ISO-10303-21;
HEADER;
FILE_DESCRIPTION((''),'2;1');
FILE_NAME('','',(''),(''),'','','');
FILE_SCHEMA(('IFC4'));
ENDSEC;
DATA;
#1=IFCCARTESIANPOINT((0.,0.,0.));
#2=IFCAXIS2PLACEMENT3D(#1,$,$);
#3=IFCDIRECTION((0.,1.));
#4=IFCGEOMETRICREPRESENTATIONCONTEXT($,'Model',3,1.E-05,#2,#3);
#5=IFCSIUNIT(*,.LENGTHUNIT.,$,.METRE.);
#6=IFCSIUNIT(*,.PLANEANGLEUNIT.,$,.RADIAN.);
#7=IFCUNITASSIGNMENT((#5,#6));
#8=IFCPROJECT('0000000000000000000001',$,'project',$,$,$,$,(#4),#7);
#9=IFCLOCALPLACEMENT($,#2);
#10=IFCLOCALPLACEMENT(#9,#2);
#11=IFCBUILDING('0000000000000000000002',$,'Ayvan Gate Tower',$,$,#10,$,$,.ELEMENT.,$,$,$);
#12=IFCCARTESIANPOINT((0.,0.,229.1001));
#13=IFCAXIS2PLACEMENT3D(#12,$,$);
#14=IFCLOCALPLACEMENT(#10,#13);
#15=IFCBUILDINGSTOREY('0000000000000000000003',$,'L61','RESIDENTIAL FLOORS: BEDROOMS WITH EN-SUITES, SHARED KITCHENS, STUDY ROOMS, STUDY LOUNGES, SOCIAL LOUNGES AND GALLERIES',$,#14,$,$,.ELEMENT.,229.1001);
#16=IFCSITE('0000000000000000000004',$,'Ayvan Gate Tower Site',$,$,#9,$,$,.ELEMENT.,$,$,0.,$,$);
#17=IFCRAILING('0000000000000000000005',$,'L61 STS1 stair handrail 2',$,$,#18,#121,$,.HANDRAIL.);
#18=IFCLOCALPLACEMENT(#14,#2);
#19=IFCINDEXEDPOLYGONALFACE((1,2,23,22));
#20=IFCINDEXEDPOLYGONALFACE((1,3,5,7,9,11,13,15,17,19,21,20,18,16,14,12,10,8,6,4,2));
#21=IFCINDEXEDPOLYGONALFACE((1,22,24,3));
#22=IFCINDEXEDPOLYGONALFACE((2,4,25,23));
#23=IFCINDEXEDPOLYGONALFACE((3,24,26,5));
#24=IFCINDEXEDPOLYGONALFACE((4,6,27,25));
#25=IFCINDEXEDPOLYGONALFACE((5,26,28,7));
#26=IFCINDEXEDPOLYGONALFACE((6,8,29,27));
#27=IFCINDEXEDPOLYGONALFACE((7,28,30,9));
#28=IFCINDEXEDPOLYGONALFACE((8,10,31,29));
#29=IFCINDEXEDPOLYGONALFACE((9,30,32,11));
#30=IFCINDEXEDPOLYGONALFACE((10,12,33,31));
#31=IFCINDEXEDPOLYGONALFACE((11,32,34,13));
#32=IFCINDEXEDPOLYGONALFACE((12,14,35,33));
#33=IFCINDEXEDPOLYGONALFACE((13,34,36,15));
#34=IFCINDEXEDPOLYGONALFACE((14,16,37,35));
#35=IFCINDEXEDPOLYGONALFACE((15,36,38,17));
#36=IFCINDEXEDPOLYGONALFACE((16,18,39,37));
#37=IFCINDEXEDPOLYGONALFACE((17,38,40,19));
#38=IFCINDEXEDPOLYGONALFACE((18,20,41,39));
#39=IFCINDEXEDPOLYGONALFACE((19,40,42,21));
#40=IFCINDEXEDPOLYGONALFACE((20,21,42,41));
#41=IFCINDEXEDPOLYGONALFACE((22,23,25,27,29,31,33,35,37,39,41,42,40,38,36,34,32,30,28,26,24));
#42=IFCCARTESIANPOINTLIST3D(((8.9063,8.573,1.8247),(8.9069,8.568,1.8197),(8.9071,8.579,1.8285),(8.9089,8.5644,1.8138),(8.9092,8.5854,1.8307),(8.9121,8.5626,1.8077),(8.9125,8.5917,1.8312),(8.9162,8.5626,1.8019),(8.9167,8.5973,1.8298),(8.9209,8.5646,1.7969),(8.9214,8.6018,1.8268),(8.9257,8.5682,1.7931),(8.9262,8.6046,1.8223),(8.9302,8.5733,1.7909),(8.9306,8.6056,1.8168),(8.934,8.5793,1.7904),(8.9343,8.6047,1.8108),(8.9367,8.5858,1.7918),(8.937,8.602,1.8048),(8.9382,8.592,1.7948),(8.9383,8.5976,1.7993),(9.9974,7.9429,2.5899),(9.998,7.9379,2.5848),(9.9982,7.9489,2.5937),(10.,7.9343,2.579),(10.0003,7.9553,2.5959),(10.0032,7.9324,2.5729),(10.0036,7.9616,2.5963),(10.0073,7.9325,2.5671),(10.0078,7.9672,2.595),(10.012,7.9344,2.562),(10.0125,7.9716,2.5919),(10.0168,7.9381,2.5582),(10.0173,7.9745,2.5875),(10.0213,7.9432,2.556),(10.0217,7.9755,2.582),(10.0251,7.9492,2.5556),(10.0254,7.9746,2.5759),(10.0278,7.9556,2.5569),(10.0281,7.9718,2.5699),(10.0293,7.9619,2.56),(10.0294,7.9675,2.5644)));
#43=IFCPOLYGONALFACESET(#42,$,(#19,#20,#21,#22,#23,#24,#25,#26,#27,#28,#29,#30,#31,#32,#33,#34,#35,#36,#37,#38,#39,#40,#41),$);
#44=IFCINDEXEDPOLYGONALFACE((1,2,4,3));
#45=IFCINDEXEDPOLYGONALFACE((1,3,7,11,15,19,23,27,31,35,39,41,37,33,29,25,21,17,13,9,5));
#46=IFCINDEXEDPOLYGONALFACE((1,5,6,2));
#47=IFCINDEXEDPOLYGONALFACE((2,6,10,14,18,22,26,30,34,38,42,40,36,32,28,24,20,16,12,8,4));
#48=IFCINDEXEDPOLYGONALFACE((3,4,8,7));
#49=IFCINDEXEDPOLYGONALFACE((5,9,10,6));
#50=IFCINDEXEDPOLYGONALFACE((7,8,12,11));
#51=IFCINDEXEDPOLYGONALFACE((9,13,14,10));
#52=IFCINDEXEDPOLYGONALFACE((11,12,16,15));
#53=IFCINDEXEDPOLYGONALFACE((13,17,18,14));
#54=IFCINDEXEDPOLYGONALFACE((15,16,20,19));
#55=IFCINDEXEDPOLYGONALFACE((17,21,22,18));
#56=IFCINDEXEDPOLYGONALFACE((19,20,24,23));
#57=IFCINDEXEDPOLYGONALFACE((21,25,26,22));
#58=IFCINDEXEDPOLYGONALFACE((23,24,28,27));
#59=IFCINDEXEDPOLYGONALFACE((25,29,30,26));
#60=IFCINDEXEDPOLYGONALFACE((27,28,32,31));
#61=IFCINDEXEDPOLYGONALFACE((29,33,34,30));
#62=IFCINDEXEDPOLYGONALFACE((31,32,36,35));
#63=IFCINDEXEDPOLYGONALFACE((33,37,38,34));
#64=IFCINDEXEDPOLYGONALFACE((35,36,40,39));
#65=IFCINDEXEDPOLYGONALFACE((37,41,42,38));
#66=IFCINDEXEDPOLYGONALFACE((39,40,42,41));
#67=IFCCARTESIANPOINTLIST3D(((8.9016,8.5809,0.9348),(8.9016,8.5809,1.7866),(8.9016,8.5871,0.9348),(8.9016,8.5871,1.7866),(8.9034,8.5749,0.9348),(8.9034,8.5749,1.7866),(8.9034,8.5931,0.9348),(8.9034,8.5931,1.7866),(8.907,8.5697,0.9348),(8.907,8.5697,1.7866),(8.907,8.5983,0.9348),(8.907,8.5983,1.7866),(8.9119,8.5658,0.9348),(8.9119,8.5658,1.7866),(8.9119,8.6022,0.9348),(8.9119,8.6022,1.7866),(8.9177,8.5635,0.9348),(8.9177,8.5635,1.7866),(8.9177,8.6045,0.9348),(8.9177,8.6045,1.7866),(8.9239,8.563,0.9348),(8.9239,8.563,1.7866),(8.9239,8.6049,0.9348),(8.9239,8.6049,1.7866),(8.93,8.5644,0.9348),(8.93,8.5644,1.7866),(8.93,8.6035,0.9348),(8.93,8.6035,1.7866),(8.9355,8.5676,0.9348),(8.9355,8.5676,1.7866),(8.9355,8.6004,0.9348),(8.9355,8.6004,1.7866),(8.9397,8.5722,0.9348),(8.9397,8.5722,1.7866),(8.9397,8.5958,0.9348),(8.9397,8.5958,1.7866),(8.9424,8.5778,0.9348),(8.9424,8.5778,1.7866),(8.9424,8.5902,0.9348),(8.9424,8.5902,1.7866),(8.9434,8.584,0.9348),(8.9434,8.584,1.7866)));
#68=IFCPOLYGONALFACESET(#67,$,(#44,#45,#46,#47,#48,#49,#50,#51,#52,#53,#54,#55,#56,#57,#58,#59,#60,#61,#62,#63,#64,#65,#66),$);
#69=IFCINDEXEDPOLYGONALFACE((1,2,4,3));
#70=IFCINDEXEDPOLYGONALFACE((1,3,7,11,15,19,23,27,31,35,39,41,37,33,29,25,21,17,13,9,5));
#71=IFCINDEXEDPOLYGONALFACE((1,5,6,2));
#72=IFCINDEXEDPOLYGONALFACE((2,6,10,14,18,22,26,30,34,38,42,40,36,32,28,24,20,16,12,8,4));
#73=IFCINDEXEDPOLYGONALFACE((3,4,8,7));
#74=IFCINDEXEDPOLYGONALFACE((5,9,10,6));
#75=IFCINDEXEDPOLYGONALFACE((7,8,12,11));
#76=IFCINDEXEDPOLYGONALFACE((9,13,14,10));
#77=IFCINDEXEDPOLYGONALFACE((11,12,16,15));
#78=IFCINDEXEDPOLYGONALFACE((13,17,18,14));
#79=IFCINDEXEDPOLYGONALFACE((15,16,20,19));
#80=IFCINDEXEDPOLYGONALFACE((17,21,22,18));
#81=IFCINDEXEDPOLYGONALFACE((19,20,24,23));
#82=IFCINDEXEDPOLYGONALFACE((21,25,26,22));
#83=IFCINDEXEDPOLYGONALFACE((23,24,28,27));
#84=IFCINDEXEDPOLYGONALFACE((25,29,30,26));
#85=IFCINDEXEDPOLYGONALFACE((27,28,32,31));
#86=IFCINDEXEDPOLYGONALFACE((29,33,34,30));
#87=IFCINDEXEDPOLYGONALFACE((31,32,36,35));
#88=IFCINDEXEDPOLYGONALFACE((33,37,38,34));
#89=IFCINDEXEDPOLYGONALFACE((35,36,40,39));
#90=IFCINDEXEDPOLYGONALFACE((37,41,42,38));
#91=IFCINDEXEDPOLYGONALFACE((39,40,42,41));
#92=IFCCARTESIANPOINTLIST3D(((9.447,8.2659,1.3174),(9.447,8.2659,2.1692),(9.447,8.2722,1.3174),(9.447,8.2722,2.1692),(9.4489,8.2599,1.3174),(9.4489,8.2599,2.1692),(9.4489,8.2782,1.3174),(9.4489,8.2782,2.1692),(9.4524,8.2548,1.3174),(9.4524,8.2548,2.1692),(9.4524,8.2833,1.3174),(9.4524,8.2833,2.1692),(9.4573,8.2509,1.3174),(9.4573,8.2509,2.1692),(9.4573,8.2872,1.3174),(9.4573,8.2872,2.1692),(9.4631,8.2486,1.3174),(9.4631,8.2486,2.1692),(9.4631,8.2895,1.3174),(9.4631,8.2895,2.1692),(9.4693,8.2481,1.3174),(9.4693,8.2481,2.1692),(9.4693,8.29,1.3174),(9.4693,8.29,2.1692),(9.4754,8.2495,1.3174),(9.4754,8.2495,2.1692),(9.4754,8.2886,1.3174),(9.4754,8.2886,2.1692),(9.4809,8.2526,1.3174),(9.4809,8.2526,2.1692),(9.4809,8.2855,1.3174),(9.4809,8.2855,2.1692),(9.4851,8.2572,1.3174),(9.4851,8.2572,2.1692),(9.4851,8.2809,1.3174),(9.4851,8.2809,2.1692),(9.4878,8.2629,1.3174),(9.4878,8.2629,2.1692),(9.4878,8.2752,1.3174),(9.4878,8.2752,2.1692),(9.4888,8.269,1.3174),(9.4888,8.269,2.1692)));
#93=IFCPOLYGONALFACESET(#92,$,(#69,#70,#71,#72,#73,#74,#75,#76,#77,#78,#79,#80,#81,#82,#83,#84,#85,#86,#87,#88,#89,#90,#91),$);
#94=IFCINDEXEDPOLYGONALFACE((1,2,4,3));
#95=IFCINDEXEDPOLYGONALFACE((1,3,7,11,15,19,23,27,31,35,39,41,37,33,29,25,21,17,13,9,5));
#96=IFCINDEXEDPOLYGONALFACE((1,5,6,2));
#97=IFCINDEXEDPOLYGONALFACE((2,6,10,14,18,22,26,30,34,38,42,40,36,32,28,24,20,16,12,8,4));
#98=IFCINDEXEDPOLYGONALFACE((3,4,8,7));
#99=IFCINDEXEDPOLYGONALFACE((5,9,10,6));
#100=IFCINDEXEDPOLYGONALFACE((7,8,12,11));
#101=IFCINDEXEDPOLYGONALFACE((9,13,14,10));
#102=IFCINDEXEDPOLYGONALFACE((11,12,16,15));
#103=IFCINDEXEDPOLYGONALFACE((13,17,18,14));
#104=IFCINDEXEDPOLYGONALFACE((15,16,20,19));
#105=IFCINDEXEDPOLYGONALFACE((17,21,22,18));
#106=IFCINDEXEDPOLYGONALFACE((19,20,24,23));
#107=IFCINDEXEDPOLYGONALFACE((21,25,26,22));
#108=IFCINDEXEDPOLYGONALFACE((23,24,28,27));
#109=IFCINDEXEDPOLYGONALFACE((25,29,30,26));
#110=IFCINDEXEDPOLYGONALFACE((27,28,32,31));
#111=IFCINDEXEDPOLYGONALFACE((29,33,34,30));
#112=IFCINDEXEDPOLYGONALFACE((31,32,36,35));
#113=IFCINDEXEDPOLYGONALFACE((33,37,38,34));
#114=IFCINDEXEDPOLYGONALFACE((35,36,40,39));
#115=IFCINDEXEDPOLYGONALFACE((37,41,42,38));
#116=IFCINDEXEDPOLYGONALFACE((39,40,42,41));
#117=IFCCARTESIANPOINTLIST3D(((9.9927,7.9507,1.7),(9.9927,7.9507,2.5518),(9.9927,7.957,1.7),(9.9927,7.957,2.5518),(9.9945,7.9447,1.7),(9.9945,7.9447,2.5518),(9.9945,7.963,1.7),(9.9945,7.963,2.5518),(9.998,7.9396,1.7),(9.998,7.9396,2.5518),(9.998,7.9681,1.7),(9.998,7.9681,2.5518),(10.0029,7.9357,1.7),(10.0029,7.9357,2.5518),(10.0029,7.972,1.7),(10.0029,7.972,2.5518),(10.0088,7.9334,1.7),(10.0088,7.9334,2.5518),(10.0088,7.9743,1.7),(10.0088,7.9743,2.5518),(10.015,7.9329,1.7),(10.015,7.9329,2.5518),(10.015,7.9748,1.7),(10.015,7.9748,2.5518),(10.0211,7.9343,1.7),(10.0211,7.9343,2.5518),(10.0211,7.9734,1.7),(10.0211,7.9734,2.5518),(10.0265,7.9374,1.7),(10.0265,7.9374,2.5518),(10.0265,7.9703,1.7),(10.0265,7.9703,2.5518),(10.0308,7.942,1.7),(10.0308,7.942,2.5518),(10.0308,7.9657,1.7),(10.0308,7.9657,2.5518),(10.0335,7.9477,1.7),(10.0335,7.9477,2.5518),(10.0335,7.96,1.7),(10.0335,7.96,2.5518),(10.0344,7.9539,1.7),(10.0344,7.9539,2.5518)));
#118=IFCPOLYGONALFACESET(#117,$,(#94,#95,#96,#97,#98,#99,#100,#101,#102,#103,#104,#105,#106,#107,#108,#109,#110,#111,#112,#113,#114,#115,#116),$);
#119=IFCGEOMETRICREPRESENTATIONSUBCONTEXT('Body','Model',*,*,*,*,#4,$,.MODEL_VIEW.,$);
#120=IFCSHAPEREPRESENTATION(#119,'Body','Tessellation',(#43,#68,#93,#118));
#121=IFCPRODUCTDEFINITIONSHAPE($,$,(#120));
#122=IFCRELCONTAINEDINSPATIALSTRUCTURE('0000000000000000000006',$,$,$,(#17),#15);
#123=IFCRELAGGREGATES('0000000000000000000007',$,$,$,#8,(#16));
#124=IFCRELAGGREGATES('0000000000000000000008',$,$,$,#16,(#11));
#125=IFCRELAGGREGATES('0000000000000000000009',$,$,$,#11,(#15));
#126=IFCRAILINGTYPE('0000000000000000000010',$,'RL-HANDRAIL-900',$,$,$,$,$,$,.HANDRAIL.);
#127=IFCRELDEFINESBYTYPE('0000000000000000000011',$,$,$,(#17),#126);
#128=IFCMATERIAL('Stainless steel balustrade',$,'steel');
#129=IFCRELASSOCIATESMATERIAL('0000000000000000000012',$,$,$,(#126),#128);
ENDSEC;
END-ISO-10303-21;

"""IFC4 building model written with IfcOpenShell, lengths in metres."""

from ifc_helpers import new_model, si_unit, direction, frame, origin, origin_2d, place, context, subcontext, project, spatial, circle, extrude, material, type_object, element, save


model = new_model("IFC4")

# Units and contexts
model_context = context("Model", 3, precision=1e-05, world=origin(), true_north=direction((0.0, 1.0)))
body_context = subcontext(model_context, "Body", "Model", "MODEL_VIEW")
ifc_project = project(units=[si_unit("LENGTHUNIT", "METRE"), si_unit("PLANEANGLEUNIT", "RADIAN")], contexts=[model_context])

# Site, building, storey
site_placement = place(None, origin())
site = spatial("IfcSite", under=ifc_project, at=site_placement, Name="Ayvan Gate Tower Site", CompositionType="ELEMENT", RefElevation=0.0)
building_placement = place(site_placement, origin())
building = spatial("IfcBuilding", under=site, at=building_placement, Name="Ayvan Gate Tower", CompositionType="ELEMENT")
storey_placement = place(building_placement, frame((0.0, 0.0, 229.1001)))
storey = spatial("IfcBuildingStorey", under=building, at=storey_placement, Name="L61", Description="RESIDENTIAL FLOORS: BEDROOMS WITH EN-SUITES, SHARED KITCHENS, STUDY ROOMS, STUDY LOUNGES, SOCIAL LOUNGES AND GALLERIES", CompositionType="ELEMENT", Elevation=229.1001)

# Railing
ifc_material_1 = material(Name="Stainless steel balustrade", Category="steel")
railing_type_1 = type_object("IfcRailingType", Name="RL-HANDRAIL-900", PredefinedType="HANDRAIL", material=ifc_material_1)
railing_1_placement = place(storey_placement, frame((8.9224, 8.584, 0.9348)))
element("IfcRailing", 1, at=railing_1_placement, inside=storey, type_object=railing_type_1, Name="L61 STS1 stair handrail 2", PredefinedType="HANDRAIL", context=body_context, shape_type="SweptSolid", body=[
    extrude(circle(Radius=0.0239, at=origin_2d()), frame((0.0, 0.0, 0.876), z_axis=(0.740166, -0.427471, 0.51906), x_axis=(0.500119, 0.865956, 0.0)), (0.0, 0.0, 1.0), 1.4741),
    extrude(circle(Radius=0.021, at=origin_2d()), origin(), (0.0, 0.0, 1.0), 0.8518),
    extrude(circle(Radius=0.021, at=origin_2d()), frame((0.5454, -0.3149, 0.3826)), (0.0, 0.0, 1.0), 0.8518),
    extrude(circle(Radius=0.021, at=origin_2d()), frame((1.0911, -0.6301, 0.7651)), (0.0, 0.0, 1.0), 0.8518),
])

save(model, "model.ifc")
